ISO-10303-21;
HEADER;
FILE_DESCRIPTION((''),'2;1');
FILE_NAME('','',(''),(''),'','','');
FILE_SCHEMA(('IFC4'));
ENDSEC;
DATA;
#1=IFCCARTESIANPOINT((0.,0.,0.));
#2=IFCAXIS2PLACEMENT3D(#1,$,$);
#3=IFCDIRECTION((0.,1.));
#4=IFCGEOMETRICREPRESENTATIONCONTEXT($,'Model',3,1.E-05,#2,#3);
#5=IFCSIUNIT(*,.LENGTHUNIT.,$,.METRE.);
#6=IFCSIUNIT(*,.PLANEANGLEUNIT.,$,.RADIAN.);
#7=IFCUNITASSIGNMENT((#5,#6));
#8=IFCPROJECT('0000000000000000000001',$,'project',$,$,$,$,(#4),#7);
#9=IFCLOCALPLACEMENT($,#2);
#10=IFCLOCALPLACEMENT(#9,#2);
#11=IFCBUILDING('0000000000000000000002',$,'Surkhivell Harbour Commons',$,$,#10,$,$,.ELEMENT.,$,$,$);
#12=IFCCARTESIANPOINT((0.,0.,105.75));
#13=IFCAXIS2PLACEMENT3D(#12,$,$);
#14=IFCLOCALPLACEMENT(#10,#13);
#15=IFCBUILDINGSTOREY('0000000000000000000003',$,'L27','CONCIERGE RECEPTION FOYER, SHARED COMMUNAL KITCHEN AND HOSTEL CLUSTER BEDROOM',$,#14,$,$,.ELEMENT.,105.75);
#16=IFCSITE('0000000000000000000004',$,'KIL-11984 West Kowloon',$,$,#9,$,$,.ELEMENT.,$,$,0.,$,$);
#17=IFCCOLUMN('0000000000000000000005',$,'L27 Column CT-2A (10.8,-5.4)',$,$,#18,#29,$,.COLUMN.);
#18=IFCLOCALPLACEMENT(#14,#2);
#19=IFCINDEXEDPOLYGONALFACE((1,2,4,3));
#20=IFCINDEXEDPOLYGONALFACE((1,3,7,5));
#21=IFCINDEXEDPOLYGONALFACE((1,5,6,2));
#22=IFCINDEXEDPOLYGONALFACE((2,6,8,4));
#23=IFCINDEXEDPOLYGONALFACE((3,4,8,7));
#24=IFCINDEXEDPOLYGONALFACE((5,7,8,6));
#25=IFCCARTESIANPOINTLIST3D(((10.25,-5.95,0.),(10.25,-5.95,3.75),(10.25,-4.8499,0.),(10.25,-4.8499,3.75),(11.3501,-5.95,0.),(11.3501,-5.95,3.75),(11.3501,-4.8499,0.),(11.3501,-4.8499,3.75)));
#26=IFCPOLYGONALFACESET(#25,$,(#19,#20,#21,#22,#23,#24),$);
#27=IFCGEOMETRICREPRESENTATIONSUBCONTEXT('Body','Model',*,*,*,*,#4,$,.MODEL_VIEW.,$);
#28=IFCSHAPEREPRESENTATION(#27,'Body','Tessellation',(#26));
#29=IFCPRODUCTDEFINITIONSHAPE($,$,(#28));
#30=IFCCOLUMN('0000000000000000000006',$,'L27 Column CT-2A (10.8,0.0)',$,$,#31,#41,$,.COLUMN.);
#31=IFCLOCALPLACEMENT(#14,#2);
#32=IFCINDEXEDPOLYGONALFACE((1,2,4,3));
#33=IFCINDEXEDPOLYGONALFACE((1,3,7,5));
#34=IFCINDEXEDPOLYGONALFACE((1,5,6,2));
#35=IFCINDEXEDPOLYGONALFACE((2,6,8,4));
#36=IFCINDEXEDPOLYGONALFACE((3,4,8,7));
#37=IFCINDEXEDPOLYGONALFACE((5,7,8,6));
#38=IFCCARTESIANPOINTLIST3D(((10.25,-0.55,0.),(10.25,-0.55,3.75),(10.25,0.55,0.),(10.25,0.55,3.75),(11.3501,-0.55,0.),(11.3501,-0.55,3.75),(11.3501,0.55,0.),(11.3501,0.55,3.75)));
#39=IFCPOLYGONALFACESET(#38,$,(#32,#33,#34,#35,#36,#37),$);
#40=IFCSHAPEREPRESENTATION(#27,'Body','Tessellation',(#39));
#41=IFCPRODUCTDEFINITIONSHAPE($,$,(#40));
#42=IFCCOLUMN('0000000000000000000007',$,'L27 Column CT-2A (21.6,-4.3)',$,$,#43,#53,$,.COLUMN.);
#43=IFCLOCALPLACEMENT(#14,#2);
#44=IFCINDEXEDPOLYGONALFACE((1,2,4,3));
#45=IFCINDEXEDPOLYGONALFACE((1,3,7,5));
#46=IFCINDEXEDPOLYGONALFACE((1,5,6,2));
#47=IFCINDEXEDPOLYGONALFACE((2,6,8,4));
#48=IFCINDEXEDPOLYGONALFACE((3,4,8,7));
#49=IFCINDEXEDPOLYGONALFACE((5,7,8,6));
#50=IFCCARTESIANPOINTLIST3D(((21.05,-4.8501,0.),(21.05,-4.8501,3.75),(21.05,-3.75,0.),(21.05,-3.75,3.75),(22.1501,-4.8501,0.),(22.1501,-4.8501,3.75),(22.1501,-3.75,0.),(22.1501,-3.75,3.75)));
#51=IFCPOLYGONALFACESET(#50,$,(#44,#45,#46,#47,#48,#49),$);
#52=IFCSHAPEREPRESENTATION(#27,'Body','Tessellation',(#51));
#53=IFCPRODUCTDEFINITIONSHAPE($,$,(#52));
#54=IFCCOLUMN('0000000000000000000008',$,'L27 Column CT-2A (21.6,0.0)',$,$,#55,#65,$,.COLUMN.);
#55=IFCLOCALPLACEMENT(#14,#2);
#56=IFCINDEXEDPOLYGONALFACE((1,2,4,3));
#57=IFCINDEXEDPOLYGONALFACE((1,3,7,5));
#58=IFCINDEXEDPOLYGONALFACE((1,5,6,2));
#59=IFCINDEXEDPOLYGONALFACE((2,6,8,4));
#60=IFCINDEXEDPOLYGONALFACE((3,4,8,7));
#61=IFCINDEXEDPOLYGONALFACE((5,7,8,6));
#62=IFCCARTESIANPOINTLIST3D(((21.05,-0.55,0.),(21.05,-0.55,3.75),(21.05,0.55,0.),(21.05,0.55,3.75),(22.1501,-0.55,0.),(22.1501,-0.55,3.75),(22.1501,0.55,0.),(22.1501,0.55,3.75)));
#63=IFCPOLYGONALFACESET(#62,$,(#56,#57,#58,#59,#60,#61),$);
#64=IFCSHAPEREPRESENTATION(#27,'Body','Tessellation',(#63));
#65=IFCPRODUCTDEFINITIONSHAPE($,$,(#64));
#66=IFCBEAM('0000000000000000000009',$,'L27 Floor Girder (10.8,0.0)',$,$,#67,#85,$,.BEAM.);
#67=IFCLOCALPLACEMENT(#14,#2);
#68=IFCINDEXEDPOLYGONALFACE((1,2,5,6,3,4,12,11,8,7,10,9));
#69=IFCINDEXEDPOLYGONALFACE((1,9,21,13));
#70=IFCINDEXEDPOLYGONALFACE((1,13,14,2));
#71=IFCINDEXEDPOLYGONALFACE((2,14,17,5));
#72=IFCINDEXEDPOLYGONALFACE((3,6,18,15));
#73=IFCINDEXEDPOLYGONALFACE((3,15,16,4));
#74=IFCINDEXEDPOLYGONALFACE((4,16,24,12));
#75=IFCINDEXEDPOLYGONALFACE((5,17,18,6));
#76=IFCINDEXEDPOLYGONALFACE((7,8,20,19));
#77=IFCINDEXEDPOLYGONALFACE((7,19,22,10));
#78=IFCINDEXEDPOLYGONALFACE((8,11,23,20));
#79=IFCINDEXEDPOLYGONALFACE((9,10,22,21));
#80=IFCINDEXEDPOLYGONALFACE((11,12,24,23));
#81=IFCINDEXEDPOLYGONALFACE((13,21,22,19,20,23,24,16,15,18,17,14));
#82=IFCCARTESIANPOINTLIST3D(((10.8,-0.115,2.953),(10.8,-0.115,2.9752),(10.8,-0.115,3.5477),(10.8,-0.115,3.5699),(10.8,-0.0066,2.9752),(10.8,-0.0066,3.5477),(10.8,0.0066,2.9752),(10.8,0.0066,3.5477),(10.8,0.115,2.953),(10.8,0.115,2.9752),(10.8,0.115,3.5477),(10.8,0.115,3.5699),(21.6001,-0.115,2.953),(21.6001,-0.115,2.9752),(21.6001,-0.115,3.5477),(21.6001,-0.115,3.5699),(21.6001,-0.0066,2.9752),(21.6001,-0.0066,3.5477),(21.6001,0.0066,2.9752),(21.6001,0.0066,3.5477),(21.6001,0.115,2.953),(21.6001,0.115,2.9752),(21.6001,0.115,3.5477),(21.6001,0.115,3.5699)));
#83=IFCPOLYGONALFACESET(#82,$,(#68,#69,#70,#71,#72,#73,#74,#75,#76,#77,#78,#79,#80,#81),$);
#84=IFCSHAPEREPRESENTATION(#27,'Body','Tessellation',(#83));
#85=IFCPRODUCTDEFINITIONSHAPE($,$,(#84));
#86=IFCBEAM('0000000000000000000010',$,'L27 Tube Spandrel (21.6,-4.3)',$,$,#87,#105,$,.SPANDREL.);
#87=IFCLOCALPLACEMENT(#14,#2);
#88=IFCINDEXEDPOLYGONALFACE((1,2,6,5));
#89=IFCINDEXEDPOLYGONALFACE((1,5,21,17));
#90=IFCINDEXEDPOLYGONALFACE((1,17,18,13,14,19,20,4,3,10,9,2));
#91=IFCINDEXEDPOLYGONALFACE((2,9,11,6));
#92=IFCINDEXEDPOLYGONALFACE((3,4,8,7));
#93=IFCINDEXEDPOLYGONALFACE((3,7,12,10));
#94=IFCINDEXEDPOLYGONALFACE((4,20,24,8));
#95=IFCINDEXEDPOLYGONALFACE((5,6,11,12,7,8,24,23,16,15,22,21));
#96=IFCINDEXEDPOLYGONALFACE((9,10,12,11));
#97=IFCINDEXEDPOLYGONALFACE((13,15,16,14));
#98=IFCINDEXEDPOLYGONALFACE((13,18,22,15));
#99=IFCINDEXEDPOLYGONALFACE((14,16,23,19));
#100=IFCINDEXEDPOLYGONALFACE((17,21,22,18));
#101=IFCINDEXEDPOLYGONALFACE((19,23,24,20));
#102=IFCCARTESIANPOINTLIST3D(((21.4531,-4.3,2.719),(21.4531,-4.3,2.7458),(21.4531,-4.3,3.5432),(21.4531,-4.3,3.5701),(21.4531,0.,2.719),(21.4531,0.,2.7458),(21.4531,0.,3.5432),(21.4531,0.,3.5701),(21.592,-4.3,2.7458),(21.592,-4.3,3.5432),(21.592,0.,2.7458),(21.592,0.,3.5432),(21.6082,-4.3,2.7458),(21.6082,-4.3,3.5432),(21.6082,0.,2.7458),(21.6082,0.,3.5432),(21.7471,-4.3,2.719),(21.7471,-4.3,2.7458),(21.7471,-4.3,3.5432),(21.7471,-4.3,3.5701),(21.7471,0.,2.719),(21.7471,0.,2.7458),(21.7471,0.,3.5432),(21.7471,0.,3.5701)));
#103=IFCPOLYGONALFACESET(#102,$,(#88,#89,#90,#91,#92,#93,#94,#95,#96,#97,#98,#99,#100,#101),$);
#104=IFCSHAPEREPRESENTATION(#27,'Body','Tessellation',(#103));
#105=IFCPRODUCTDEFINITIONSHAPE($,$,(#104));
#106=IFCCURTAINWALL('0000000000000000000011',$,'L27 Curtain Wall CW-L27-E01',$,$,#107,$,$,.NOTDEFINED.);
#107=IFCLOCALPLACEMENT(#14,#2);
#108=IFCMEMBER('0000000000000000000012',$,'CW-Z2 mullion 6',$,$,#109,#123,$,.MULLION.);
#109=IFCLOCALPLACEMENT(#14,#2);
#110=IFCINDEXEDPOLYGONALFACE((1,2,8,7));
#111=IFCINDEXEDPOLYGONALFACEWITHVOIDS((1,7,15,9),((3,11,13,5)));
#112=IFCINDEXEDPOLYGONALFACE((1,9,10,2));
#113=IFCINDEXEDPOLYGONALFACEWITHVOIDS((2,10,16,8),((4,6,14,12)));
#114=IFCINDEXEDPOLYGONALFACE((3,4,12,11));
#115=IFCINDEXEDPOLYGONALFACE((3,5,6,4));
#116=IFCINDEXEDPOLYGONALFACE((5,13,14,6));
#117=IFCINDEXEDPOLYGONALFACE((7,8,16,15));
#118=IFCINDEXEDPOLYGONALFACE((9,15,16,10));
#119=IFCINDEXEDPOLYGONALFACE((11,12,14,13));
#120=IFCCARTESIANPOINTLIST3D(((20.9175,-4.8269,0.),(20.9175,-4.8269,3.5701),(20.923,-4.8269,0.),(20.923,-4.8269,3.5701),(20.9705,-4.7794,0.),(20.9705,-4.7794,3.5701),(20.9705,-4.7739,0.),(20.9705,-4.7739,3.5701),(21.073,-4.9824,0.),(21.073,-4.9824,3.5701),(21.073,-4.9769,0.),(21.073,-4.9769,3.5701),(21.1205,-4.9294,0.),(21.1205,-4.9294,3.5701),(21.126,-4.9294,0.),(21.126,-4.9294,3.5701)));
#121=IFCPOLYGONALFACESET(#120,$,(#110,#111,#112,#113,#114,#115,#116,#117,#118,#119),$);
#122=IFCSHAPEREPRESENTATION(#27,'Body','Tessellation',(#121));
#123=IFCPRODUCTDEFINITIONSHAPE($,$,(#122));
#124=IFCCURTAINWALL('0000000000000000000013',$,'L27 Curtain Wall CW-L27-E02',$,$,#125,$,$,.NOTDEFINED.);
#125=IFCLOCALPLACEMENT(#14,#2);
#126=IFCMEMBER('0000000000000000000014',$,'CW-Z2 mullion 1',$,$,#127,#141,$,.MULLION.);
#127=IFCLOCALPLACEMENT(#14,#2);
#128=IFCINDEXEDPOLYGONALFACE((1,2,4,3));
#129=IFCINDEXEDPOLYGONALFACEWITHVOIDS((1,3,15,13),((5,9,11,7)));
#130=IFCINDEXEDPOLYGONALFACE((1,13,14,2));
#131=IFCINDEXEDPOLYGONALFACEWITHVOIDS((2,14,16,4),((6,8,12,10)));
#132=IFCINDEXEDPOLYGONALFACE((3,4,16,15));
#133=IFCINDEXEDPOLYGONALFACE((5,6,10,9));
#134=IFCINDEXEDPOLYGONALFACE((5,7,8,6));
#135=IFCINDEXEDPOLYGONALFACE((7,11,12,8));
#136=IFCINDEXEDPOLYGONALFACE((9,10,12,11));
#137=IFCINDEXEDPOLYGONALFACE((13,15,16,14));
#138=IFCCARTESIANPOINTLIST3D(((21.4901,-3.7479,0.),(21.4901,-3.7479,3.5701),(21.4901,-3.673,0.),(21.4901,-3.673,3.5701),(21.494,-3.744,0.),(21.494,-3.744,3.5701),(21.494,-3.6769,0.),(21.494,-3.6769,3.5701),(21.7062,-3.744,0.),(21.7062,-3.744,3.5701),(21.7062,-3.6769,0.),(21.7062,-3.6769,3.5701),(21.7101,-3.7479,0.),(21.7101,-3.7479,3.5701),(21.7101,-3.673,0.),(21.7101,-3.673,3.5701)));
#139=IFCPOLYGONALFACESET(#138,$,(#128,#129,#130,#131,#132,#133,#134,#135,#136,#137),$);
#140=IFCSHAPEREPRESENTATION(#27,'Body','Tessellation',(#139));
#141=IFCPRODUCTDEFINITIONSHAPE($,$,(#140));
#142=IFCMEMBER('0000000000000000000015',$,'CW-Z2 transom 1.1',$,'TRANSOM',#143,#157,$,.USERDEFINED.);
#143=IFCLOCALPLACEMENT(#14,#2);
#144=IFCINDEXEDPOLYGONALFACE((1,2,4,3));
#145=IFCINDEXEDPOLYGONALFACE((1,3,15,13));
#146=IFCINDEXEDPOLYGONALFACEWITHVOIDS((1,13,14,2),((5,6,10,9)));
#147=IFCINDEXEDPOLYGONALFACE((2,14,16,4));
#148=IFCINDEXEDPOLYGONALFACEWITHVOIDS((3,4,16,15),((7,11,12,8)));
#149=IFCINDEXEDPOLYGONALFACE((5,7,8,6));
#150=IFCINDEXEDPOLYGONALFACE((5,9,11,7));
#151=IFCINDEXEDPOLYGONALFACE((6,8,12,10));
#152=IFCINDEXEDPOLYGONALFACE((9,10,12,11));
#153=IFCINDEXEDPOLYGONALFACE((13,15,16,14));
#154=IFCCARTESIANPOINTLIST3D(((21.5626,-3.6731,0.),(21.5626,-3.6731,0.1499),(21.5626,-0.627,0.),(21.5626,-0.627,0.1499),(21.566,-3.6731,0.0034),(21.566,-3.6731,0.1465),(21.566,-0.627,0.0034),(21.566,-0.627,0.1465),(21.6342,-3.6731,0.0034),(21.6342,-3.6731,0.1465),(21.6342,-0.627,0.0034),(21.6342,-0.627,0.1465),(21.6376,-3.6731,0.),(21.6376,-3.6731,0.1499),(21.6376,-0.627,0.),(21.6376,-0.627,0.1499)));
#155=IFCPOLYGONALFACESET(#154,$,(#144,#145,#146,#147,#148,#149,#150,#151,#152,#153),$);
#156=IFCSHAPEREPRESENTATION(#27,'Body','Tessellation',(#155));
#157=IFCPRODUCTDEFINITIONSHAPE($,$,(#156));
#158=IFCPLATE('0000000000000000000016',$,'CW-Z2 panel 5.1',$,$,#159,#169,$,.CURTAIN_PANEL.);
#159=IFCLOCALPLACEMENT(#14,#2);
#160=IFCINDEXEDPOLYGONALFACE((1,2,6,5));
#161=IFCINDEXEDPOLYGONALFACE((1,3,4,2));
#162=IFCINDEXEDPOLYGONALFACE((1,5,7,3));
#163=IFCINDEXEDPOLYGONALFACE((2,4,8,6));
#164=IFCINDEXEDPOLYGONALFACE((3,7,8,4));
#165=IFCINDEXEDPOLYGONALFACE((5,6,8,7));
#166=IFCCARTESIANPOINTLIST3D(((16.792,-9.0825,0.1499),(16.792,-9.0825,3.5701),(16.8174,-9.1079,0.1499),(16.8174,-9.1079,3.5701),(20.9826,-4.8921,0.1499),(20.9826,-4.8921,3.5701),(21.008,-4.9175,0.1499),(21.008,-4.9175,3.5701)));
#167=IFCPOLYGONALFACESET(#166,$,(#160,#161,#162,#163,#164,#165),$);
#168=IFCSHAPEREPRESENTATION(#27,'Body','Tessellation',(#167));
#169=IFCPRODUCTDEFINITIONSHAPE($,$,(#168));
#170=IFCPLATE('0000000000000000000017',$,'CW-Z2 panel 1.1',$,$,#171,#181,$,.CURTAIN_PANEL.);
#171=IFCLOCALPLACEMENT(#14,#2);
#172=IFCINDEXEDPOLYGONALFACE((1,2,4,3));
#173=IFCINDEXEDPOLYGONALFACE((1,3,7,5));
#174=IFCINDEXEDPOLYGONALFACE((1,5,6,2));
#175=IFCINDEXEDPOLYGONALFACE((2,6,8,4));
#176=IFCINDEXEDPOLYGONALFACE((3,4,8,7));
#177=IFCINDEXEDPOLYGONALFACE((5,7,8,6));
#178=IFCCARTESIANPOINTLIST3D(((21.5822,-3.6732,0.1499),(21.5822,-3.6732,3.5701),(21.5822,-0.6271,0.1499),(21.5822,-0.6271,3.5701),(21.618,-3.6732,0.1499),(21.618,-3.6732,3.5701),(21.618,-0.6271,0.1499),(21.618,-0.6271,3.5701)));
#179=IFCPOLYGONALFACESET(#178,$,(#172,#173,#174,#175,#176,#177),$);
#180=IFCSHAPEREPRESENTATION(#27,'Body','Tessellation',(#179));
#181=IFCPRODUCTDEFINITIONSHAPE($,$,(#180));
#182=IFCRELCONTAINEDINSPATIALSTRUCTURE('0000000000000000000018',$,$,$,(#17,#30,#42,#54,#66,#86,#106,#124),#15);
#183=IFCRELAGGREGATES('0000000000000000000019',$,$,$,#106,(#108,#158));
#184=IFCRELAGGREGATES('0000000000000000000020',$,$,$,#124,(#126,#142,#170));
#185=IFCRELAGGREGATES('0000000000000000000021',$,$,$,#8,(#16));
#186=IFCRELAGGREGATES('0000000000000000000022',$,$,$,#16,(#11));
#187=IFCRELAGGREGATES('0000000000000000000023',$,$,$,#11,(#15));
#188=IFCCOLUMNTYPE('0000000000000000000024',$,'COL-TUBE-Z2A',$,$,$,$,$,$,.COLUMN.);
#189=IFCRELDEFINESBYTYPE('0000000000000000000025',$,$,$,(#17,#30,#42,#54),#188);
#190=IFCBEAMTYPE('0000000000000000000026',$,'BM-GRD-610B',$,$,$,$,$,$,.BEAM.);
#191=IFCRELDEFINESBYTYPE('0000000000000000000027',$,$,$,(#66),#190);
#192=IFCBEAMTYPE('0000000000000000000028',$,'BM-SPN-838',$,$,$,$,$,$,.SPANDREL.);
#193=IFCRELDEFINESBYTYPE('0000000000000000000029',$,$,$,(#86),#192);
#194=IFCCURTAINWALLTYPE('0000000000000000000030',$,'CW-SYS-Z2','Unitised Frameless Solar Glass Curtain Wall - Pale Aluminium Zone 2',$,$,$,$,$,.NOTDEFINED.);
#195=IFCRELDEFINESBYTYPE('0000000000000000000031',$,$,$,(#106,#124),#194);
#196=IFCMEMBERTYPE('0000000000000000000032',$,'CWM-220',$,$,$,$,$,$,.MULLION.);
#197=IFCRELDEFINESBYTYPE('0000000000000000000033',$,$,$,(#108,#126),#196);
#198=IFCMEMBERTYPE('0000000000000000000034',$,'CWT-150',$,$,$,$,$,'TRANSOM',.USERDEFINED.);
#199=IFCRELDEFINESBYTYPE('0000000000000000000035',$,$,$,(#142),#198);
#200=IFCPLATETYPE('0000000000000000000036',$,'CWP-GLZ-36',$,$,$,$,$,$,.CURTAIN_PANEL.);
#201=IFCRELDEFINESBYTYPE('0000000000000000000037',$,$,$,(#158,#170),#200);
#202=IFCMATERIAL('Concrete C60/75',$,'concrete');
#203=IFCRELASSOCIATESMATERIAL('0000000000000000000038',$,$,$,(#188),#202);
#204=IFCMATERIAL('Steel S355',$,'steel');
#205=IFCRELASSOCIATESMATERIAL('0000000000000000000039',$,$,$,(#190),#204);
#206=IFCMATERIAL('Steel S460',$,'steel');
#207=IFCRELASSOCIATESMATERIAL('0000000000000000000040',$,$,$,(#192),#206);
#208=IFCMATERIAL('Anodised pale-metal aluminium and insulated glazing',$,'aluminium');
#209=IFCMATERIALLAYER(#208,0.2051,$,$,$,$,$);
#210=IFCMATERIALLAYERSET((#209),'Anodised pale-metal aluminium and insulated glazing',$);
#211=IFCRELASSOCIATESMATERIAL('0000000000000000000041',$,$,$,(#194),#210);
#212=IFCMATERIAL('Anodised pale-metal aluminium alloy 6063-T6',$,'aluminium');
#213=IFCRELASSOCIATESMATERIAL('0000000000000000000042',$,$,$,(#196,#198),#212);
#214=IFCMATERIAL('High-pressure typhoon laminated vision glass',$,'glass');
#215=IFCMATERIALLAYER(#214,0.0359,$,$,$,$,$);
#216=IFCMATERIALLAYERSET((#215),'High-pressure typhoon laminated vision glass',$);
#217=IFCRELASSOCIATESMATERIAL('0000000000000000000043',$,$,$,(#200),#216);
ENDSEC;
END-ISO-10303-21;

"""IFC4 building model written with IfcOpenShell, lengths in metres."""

from ifc_helpers import new_model, si_unit, direction, frame, frame_2d, origin, origin_2d, place, context, subcontext, project, spatial, rectangle, hollow_rectangle, i_section, extrude, material, layer, layer_set, material_profile, profile_set, type_object, element, aggregate, save


model = new_model("IFC4")

# Units and contexts
model_context = context("Model", 3, precision=1e-05, world=origin(), true_north=direction((0.0, 1.0)))
body_context = subcontext(model_context, "Body", "Model", "MODEL_VIEW")
ifc_project = project(units=[si_unit("LENGTHUNIT", "METRE"), si_unit("PLANEANGLEUNIT", "RADIAN")], contexts=[model_context])

# Site, building, storey
site_placement = place(None, origin())
site = spatial("IfcSite", under=ifc_project, at=site_placement, Name="KIL-11984 West Kowloon", CompositionType="ELEMENT", RefElevation=0.0)
building_placement = place(site_placement, origin())
building = spatial("IfcBuilding", under=site, at=building_placement, Name="Surkhivell Harbour Commons", CompositionType="ELEMENT")
storey_placement = place(building_placement, frame((0.0, 0.0, 105.75)))
storey = spatial("IfcBuildingStorey", under=building, at=storey_placement, Name="L27", Description="CONCIERGE RECEPTION FOYER, SHARED COMMUNAL KITCHEN AND HOSTEL CLUSTER BEDROOM", CompositionType="ELEMENT", Elevation=105.75)

# Columns
ifc_material_1 = material(Name="Concrete C60/75", Category="concrete")
ifc_material_profile_1 = material_profile(ifc_material_1, rectangle(XDim=1.1001, YDim=1.1001, at=origin_2d()), Name="RC-COL-1100x1100")
ifc_profile_set_1 = profile_set([ifc_material_profile_1], Name="Concrete C60/75")
column_type = type_object("IfcColumnType", Name="COL-TUBE-Z2A", PredefinedType="COLUMN", material=ifc_profile_set_1)
for number, where, z_axis, x_axis, name in (
    (1, (10.8, -5.3999, 0.0), (0.0, 0.0, 1.0), (1.0, 0.0, 0.0), "L27 Column CT-2A (10.8,-5.4)"),
    (2, (10.8, 0.0, 0.0), (0.0, 0.0, 1.0), (1.0, 0.0, 0.0), "L27 Column CT-2A (10.8,0.0)"),
    (3, (21.6001, -4.3, 0.0), (0.0, 0.0, 1.0), (1.0, 0.0, 0.0), "L27 Column CT-2A (21.6,-4.3)"),
    (4, (21.6001, 0.0, 0.0), (0.0, 0.0, 1.0), (1.0, 0.0, 0.0), "L27 Column CT-2A (21.6,0.0)"),
):
    element("IfcColumn", number, at=place(storey_placement, frame(where, z_axis=z_axis, x_axis=x_axis)), inside=storey, type_object=column_type, Name=name, PredefinedType="COLUMN", context=body_context, shape_type="SweptSolid", body=[
        extrude(rectangle(XDim=1.1001, YDim=1.1001, at=origin_2d()), origin(), (0.0, 0.0, 1.0), 3.75),
    ])

# Beams
ifc_material_2 = material(Name="Steel S355", Category="steel")
ifc_material_profile_2 = material_profile(ifc_material_2, i_section(OverallWidth=0.23, OverallDepth=0.6169, WebThickness=0.0132, FlangeThickness=0.0222, at=origin_2d()), Name="UB610x229x140")
ifc_profile_set_2 = profile_set([ifc_material_profile_2], Name="Steel S355")
beam_type_1 = type_object("IfcBeamType", Name="BM-GRD-610B", PredefinedType="BEAM", material=ifc_profile_set_2)
beam_1_placement = place(storey_placement, frame((10.8, 0.0, 3.2615), z_axis=(1.0, 0.0, 0.0), x_axis=(0.0, 1.0, 0.0)))
element("IfcBeam", 5, at=beam_1_placement, inside=storey, type_object=beam_type_1, Name="L27 Floor Girder (10.8,0.0)", PredefinedType="BEAM", context=body_context, shape_type="SweptSolid", body=[
    extrude(i_section(OverallWidth=0.23, OverallDepth=0.6169, WebThickness=0.0132, FlangeThickness=0.0222, at=origin_2d()), origin(), (0.0, 0.0, 1.0), 10.8),
])
ifc_material_3 = material(Name="Steel S460", Category="steel")
ifc_material_profile_3 = material_profile(ifc_material_3, i_section(OverallWidth=0.2939, OverallDepth=0.8511, WebThickness=0.0161, FlangeThickness=0.0269, at=origin_2d()), Name="UB838x292x226")
ifc_profile_set_3 = profile_set([ifc_material_profile_3], Name="Steel S460")
beam_type_2 = type_object("IfcBeamType", Name="BM-SPN-838", PredefinedType="SPANDREL", material=ifc_profile_set_3)
beam_2_placement = place(storey_placement, frame((21.6001, -4.3, 3.1445), z_axis=(0.0, 1.0, 0.0), x_axis=(-1.0, 0.0, 0.0)))
element("IfcBeam", 6, at=beam_2_placement, inside=storey, type_object=beam_type_2, Name="L27 Tube Spandrel (21.6,-4.3)", PredefinedType="SPANDREL", context=body_context, shape_type="SweptSolid", body=[
    extrude(i_section(OverallWidth=0.2939, OverallDepth=0.8511, WebThickness=0.0161, FlangeThickness=0.0269, at=origin_2d()), origin(), (0.0, 0.0, 1.0), 4.3),
])

# Curtain wall, member
ifc_material_4 = material(Name="Anodised pale-metal aluminium and insulated glazing", Category="aluminium")
ifc_layer_1 = layer(ifc_material_4, 0.2051)
ifc_layer_set_1 = layer_set([ifc_layer_1], Name="Anodised pale-metal aluminium and insulated glazing")
curtain_wall_type = type_object("IfcCurtainWallType", Name="CW-SYS-Z2", Description="Unitised Frameless Solar Glass Curtain Wall - Pale Aluminium Zone 2", PredefinedType="NOTDEFINED", material=ifc_layer_set_1)
curtain_wall_1_placement = place(storey_placement, origin())
curtain_wall_1 = element("IfcCurtainWall", 7, at=curtain_wall_1_placement, inside=storey, type_object=curtain_wall_type, Name="L27 Curtain Wall CW-L27-E01", PredefinedType="NOTDEFINED")
ifc_material_5 = material(Name="Anodised pale-metal aluminium alloy 6063-T6", Category="aluminium")
ifc_material_profile_4 = material_profile(ifc_material_5, hollow_rectangle(XDim=0.075, YDim=0.22, WallThickness=0.0039, at=origin_2d()), Name="ALU-MULL-75x220")
ifc_profile_set_4 = profile_set([ifc_material_profile_4], Name="Anodised pale-metal aluminium alloy 6063-T6")
member_type_1 = type_object("IfcMemberType", Name="CWM-220", PredefinedType="MULLION", material=ifc_profile_set_4)
member_1_placement = place(storey_placement, frame((21.0217, -4.8782, 0.0), z_axis=(0.0, 0.0, 1.0), x_axis=(0.707107, 0.707107, 0.0)))
member_1 = element("IfcMember", 8, at=member_1_placement, type_object=member_type_1, Name="CW-Z2 mullion 6", PredefinedType="MULLION", context=body_context, shape_type="SweptSolid", body=[
    extrude(hollow_rectangle(XDim=0.075, YDim=0.22, WallThickness=0.0039, at=origin_2d()), origin(), (0.0, 0.0, 1.0), 3.5701),
])

# Curtain wall, members
curtain_wall_2_placement = place(storey_placement, origin())
curtain_wall_2 = element("IfcCurtainWall", 9, at=curtain_wall_2_placement, inside=storey, type_object=curtain_wall_type, Name="L27 Curtain Wall CW-L27-E02", PredefinedType="NOTDEFINED")
member_2_placement = place(storey_placement, frame((21.6001, -3.7104, 0.0), z_axis=(0.0, 0.0, 1.0), x_axis=(0.0, 1.0, 0.0)))
member_2 = element("IfcMember", 10, at=member_2_placement, type_object=member_type_1, Name="CW-Z2 mullion 1", PredefinedType="MULLION", context=body_context, shape_type="SweptSolid", body=[
    extrude(hollow_rectangle(XDim=0.075, YDim=0.22, WallThickness=0.0039, at=origin_2d()), origin(), (0.0, 0.0, 1.0), 3.5701),
])
ifc_material_profile_5 = material_profile(ifc_material_5, hollow_rectangle(XDim=0.075, YDim=0.1499, WallThickness=0.0034, at=origin_2d()), Name="ALU-TRAN-75x150")
ifc_profile_set_5 = profile_set([ifc_material_profile_5], Name="Anodised pale-metal aluminium alloy 6063-T6")
member_type_2 = type_object("IfcMemberType", Name="CWT-150", ElementType="TRANSOM", PredefinedType="USERDEFINED", material=ifc_profile_set_5)
member_3_placement = place(storey_placement, frame((21.6001, -3.6731, 0.075), z_axis=(0.0, 1.0, 0.0), x_axis=(-1.0, 0.0, 0.0)))
member_3 = element("IfcMember", 11, at=member_3_placement, type_object=member_type_2, Name="CW-Z2 transom 1.1", ObjectType="TRANSOM", PredefinedType="USERDEFINED", context=body_context, shape_type="SweptSolid", body=[
    extrude(hollow_rectangle(XDim=0.075, YDim=0.1499, WallThickness=0.0034, at=origin_2d()), origin(), (0.0, 0.0, 1.0), 3.0461),
])

# Plates
ifc_material_6 = material(Name="High-pressure typhoon laminated vision glass", Category="glass")
ifc_layer_2 = layer(ifc_material_6, 0.0359)
ifc_layer_set_2 = layer_set([ifc_layer_2], Name="High-pressure typhoon laminated vision glass")
plate_type = type_object("IfcPlateType", Name="CWP-GLZ-36", PredefinedType="CURTAIN_PANEL", material=ifc_layer_set_2)
plate_1_placement = place(storey_placement, frame((16.8047, -9.0952, 0.1499), z_axis=(0.0, 0.0, 1.0), x_axis=(0.707127, 0.707086, 0.0)))
plate_1 = element("IfcPlate", 12, at=plate_1_placement, type_object=plate_type, Name="CW-Z2 panel 5.1", PredefinedType="CURTAIN_PANEL", context=body_context, shape_type="SweptSolid", body=[
    extrude(rectangle(XDim=5.9263, YDim=0.0359, at=frame_2d((2.9631, 0.0))), origin(), (0.0, 0.0, 1.0), 3.4202),
])
aggregate(curtain_wall_1, [member_1, plate_1])
plate_2_placement = place(storey_placement, frame((21.6001, -3.6731, 0.1499), z_axis=(0.0, 0.0, 1.0), x_axis=(0.0, 1.0, 0.0)))
plate_2 = element("IfcPlate", 13, at=plate_2_placement, type_object=plate_type, Name="CW-Z2 panel 1.1", PredefinedType="CURTAIN_PANEL", context=body_context, shape_type="SweptSolid", body=[
    extrude(rectangle(XDim=3.0461, YDim=0.0359, at=frame_2d((1.5229, 0.0))), origin(), (0.0, 0.0, 1.0), 3.4202),
])
aggregate(curtain_wall_2, [member_2, member_3, plate_2])

save(model, "model.ifc")
